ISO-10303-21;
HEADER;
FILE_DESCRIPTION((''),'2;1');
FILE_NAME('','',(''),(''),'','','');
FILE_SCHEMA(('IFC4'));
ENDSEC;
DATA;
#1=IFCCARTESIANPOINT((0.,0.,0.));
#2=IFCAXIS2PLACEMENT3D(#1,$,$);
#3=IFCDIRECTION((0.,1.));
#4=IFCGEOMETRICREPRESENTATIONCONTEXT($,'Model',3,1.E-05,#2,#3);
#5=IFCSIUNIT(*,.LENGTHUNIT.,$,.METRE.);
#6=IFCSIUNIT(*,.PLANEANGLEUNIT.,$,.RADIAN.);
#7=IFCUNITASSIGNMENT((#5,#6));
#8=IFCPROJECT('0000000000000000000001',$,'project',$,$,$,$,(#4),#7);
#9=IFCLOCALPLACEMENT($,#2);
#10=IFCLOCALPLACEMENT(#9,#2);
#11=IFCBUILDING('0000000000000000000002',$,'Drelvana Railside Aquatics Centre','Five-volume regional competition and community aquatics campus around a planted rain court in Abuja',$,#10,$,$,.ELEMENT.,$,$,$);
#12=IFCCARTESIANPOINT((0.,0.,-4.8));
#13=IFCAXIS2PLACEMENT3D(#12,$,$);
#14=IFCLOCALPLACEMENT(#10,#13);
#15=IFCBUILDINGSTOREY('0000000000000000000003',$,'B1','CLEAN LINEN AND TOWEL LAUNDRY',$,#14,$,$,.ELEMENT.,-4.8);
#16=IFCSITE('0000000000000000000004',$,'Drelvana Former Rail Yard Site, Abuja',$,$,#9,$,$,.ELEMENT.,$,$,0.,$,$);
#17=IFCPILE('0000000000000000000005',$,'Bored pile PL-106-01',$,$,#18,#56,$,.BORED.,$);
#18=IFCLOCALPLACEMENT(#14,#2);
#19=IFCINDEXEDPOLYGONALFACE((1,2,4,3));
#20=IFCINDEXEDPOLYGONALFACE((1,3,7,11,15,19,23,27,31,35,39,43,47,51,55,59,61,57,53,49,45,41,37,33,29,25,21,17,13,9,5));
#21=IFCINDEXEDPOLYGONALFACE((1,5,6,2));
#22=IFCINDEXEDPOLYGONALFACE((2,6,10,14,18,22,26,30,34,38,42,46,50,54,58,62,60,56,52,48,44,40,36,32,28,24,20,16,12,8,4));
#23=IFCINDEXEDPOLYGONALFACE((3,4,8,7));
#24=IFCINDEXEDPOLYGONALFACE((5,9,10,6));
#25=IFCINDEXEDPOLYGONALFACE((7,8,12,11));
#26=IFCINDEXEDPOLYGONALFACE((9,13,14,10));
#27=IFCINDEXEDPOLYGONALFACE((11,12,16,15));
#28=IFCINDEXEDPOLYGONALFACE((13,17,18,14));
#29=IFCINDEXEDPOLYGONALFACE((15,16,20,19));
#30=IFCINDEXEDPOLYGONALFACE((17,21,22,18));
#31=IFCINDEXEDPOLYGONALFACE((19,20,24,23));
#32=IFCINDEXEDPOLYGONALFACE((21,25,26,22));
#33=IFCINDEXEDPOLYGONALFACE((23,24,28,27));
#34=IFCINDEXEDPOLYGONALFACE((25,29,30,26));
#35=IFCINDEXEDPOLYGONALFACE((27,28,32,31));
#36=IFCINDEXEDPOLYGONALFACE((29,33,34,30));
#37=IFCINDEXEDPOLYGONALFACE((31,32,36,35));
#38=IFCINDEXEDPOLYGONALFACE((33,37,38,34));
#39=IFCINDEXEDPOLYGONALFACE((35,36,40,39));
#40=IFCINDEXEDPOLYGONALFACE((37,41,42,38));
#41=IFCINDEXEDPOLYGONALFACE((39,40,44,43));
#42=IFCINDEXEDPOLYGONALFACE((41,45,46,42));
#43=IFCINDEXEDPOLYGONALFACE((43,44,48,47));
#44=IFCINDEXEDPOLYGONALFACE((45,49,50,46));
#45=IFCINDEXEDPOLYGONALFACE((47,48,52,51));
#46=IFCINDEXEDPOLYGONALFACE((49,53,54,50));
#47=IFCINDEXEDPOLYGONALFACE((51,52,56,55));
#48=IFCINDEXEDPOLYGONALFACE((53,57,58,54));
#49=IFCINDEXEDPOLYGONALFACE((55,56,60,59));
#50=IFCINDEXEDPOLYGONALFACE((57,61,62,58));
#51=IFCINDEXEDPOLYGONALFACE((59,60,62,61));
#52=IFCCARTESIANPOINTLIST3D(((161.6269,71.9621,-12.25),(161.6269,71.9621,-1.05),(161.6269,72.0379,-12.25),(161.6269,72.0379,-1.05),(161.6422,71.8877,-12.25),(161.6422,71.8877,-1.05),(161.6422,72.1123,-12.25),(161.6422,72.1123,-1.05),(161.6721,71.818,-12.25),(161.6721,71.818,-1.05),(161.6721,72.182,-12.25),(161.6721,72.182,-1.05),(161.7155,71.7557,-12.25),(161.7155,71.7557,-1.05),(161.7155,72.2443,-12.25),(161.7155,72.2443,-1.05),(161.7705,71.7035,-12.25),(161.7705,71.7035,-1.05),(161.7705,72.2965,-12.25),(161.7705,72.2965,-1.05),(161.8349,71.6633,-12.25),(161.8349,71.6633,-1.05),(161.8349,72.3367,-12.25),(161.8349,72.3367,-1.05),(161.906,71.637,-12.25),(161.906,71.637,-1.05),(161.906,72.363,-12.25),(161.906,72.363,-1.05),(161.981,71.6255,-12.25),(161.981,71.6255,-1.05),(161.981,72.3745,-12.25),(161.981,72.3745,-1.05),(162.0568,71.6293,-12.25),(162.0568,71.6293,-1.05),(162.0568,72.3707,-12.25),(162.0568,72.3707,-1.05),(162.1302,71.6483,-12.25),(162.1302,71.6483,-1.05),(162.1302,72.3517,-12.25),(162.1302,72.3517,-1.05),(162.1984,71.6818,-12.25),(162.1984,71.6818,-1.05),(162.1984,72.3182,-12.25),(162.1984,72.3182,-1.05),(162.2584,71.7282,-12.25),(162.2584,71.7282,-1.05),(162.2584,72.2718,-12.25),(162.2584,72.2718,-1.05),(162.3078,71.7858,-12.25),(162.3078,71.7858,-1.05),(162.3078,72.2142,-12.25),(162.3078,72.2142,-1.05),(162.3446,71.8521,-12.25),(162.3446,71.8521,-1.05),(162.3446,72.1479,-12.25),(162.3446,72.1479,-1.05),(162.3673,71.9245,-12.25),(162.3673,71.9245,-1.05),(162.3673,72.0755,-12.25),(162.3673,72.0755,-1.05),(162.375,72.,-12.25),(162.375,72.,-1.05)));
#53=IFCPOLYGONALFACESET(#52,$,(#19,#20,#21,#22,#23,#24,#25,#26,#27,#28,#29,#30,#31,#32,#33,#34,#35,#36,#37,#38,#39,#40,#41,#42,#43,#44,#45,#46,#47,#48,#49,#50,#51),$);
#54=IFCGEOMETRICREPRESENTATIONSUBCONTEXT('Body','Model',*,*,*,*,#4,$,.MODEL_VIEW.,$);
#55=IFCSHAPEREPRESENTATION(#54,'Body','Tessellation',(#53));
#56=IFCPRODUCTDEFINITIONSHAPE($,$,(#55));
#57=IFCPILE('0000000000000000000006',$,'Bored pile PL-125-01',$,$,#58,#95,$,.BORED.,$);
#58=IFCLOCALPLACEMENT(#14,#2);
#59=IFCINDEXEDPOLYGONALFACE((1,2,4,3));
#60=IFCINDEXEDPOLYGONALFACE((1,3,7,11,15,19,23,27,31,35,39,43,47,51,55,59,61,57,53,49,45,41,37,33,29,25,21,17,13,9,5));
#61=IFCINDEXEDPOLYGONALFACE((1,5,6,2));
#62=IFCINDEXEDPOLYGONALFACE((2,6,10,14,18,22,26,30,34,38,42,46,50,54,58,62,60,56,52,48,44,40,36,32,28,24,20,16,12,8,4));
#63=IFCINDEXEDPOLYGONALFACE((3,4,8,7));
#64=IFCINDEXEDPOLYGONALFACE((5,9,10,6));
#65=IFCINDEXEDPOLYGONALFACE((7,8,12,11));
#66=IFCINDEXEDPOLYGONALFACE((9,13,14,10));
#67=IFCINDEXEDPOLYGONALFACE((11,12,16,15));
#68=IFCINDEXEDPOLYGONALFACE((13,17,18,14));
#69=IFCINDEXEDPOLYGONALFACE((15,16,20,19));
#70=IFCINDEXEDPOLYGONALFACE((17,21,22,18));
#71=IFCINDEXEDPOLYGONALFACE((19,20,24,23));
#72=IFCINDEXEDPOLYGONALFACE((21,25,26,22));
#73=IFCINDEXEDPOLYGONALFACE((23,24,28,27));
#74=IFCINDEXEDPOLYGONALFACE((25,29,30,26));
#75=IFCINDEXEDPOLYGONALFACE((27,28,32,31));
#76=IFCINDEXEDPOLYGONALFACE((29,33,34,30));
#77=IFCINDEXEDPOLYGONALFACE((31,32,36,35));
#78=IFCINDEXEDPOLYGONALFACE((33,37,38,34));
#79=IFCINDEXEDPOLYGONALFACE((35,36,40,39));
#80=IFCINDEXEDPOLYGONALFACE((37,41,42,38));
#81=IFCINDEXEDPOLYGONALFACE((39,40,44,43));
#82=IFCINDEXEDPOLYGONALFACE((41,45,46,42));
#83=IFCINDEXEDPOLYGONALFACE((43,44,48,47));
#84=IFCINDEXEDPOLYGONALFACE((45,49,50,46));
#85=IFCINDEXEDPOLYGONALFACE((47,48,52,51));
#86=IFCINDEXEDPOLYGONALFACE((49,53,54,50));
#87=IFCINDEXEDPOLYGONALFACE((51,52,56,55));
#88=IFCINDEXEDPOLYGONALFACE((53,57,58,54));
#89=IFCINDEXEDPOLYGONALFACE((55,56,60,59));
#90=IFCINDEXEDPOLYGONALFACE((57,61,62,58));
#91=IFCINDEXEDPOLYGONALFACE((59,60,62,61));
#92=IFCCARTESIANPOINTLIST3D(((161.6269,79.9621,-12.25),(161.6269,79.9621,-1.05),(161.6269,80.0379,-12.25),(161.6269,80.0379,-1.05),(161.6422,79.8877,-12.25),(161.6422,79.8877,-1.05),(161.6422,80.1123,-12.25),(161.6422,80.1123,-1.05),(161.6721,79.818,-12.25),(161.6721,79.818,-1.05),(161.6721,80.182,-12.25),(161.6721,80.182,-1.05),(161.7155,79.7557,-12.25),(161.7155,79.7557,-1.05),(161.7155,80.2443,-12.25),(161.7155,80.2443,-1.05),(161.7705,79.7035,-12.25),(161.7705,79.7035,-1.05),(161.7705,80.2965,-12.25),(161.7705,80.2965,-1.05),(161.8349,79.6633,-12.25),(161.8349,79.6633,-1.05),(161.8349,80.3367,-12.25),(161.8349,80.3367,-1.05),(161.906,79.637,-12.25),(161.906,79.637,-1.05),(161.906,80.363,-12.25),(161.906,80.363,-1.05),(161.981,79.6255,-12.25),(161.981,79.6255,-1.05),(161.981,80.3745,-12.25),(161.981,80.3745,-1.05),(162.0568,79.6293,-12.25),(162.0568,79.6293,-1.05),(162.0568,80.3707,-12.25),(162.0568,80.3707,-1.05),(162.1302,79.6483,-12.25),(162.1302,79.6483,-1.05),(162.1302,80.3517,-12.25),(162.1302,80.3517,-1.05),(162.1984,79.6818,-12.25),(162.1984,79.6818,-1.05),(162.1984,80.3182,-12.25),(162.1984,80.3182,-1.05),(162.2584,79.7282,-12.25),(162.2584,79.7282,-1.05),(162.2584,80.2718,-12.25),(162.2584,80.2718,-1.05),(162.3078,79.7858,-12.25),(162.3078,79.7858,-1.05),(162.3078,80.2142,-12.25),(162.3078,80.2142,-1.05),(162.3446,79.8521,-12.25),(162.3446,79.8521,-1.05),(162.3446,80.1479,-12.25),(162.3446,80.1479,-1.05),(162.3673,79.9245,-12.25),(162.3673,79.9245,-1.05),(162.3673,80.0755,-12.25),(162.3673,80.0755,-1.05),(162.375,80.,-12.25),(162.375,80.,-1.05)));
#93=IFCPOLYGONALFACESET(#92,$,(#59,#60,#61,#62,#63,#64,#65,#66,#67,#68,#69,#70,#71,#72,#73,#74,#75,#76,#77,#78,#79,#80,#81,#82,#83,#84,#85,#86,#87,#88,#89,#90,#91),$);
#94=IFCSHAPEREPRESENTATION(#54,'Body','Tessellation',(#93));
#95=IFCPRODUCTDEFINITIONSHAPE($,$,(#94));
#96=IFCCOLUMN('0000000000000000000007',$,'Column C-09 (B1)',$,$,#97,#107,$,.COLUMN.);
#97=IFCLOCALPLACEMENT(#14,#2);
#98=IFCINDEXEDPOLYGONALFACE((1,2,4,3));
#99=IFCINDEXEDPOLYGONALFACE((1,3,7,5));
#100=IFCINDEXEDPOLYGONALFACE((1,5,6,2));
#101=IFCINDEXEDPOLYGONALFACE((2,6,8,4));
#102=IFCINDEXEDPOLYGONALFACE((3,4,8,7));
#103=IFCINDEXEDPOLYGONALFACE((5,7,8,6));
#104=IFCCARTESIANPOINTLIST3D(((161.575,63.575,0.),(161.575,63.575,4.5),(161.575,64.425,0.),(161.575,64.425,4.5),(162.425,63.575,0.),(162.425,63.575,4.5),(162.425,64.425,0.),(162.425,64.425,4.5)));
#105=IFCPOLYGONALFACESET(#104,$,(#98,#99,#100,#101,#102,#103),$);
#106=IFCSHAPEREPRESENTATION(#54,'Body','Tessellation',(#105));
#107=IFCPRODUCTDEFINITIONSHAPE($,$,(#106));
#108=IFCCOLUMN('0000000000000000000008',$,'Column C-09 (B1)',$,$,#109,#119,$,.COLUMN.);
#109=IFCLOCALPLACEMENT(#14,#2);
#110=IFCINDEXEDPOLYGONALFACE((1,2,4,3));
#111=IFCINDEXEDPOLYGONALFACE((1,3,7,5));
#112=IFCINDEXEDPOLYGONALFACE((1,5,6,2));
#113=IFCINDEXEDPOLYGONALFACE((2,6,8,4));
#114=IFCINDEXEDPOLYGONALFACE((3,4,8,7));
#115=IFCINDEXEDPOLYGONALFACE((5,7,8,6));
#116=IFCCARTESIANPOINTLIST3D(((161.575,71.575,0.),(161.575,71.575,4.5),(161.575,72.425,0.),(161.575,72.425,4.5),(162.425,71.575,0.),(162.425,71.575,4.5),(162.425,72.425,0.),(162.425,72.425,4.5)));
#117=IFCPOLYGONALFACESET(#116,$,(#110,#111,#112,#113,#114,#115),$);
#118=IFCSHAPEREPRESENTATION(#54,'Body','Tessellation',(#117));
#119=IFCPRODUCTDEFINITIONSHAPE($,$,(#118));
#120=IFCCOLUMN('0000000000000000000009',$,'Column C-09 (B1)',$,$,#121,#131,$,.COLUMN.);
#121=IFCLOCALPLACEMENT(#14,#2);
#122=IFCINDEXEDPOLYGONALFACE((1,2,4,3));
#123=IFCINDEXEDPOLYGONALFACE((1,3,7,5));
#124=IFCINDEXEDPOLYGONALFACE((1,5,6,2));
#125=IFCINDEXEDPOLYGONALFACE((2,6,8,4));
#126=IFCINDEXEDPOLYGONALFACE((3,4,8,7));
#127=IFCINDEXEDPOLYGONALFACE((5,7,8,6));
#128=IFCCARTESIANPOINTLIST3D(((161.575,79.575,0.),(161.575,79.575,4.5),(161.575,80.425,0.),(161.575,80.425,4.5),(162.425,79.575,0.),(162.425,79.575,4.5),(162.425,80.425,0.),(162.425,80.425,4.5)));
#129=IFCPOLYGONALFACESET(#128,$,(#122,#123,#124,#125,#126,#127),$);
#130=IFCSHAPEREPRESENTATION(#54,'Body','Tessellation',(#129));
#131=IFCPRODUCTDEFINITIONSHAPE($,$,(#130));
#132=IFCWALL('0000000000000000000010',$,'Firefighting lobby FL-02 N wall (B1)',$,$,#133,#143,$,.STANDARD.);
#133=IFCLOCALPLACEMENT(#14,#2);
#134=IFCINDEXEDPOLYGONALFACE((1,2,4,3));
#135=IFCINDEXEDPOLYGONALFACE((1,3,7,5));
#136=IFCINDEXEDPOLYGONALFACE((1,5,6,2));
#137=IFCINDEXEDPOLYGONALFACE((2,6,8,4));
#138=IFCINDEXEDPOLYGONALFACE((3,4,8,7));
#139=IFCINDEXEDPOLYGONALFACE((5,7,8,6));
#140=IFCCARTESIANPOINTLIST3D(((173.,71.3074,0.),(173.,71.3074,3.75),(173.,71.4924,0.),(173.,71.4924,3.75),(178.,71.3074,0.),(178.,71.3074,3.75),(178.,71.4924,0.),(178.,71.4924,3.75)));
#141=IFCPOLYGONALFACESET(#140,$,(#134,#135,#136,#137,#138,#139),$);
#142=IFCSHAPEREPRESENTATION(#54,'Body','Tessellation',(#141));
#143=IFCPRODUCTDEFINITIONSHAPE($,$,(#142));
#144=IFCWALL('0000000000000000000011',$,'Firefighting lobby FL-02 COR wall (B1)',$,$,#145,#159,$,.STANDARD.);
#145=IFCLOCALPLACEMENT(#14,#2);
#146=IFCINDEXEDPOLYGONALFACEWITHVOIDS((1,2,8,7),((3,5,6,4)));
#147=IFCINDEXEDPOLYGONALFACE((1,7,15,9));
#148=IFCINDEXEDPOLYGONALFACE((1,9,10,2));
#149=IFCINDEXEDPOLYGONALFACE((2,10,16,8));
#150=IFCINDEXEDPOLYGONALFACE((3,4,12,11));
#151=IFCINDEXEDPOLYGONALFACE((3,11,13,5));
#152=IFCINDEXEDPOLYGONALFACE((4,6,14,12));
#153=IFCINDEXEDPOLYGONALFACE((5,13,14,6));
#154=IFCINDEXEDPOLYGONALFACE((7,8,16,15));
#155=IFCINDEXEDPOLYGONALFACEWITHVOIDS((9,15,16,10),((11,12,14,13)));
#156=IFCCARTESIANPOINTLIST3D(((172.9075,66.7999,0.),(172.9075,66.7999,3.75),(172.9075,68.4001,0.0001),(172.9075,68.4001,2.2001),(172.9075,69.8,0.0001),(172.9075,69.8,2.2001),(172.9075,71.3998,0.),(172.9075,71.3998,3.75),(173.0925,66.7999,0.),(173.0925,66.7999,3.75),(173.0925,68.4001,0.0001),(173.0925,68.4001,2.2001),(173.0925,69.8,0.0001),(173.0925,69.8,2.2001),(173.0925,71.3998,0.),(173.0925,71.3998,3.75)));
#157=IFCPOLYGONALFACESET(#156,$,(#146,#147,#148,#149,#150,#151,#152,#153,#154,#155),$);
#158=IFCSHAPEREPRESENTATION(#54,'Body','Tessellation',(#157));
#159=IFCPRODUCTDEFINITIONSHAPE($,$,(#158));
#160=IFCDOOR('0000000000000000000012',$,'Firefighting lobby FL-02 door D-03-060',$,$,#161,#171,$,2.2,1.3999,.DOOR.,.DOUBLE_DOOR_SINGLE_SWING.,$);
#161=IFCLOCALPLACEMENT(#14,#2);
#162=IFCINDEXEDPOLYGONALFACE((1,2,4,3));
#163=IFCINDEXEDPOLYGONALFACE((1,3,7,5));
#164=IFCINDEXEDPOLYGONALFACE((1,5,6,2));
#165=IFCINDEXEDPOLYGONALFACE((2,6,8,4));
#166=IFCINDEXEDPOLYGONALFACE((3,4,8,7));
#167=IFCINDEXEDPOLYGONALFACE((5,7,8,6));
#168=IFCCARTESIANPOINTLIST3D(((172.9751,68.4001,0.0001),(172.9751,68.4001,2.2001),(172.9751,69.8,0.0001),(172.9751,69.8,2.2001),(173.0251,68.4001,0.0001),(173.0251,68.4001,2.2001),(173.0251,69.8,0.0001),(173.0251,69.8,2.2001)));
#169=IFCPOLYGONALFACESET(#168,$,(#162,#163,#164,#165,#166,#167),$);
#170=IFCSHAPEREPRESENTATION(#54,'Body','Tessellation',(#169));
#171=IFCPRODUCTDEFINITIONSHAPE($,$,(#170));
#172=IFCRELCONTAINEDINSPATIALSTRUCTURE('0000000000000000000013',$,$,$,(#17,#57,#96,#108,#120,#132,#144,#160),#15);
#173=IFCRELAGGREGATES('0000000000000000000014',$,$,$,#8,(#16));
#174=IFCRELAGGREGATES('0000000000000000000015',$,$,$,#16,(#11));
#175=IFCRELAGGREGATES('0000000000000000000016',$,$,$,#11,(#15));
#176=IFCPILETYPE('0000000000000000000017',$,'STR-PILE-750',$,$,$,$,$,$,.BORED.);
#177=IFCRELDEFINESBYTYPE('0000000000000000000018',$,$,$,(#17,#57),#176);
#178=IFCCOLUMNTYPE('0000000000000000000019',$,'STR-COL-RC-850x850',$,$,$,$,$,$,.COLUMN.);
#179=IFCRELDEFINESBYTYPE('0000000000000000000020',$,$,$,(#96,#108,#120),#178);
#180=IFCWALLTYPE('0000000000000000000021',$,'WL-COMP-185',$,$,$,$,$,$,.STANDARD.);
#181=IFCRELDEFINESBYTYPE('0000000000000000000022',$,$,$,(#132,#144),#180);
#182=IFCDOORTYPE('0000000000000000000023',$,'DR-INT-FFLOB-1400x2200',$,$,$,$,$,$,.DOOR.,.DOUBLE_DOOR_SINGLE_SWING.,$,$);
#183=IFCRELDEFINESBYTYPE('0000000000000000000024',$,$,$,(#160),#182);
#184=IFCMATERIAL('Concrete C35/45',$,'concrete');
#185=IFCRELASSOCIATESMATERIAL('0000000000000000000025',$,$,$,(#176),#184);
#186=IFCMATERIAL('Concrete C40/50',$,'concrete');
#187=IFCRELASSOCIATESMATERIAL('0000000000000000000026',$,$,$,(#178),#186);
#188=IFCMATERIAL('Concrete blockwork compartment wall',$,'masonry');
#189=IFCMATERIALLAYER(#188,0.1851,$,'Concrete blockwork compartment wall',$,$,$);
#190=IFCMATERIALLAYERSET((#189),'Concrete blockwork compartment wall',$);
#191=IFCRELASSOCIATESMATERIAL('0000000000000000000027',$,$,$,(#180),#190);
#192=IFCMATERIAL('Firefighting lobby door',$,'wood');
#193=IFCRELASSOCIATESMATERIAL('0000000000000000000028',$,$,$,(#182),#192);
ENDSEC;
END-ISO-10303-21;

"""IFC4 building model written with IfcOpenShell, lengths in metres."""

from ifc_helpers import new_model, si_unit, direction, frame, frame_2d, origin, origin_2d, place, context, subcontext, project, spatial, rectangle, circle, extrude, material, layer, layer_set, material_profile, profile_set, type_object, element, fill, save


model = new_model("IFC4")

# Units and contexts
model_context = context("Model", 3, precision=1e-05, world=origin(), true_north=direction((0.0, 1.0)))
body_context = subcontext(model_context, "Body", "Model", "MODEL_VIEW")
ifc_project = project(units=[si_unit("LENGTHUNIT", "METRE"), si_unit("PLANEANGLEUNIT", "RADIAN")], contexts=[model_context])

# Site, building, storey
site_placement = place(None, origin())
site = spatial("IfcSite", under=ifc_project, at=site_placement, Name="Drelvana Former Rail Yard Site, Abuja", CompositionType="ELEMENT", RefElevation=0.0)
building_placement = place(site_placement, origin())
building = spatial("IfcBuilding", under=site, at=building_placement, Name="Drelvana Railside Aquatics Centre", Description="Five-volume regional competition and community aquatics campus around a planted rain court in Abuja", CompositionType="ELEMENT")
storey_placement = place(building_placement, frame((0.0, 0.0, -4.8)))
storey = spatial("IfcBuildingStorey", under=building, at=storey_placement, Name="B1", Description="CLEAN LINEN AND TOWEL LAUNDRY", CompositionType="ELEMENT", Elevation=-4.8)

# Shared definitions
ifc_material_1 = material(Name="Concrete C35/45", Category="concrete")

# Piles
ifc_material_profile_1 = material_profile(ifc_material_1, circle(Radius=0.375, at=origin_2d()), Name="PILE D750")
ifc_profile_set_1 = profile_set([ifc_material_profile_1], Name="Concrete C35/45")
pile_type_1 = type_object("IfcPileType", Name="STR-PILE-750", PredefinedType="BORED", material=ifc_profile_set_1)
for number, where, z_axis, x_axis, name in (
    (1, (162.0, 72.0, -1.05), (0.0, 0.0, -1.0), (1.0, 0.0, 0.0), "Bored pile PL-106-01"),
    (2, (162.0, 80.0, -1.05), (0.0, 0.0, -1.0), (1.0, 0.0, 0.0), "Bored pile PL-125-01"),
):
    element("IfcPile", number, at=place(storey_placement, frame(where, z_axis=z_axis, x_axis=x_axis)), inside=storey, type_object=pile_type_1, Name=name, PredefinedType="BORED", context=body_context, shape_type="SweptSolid", body=[
        extrude(circle(Radius=0.375, at=origin_2d()), origin(), (0.0, 0.0, 1.0), 11.2),
    ])

# Columns
ifc_material_2 = material(Name="Concrete C40/50", Category="concrete")
ifc_material_profile_2 = material_profile(ifc_material_2, rectangle(XDim=0.8501, YDim=0.8501, at=origin_2d()), Name="RC 850x850")
ifc_profile_set_2 = profile_set([ifc_material_profile_2], Name="Concrete C40/50")
column_type = type_object("IfcColumnType", Name="STR-COL-RC-850x850", PredefinedType="COLUMN", material=ifc_profile_set_2)
for number, where, z_axis, x_axis, name in (
    (3, (162.0, 64.0, 0.0), (0.0, 0.0, 1.0), (1.0, 0.0, 0.0), "Column C-09 (B1)"),
    (4, (162.0, 72.0, 0.0), (0.0, 0.0, 1.0), (1.0, 0.0, 0.0), "Column C-09 (B1)"),
    (5, (162.0, 80.0, 0.0), (0.0, 0.0, 1.0), (1.0, 0.0, 0.0), "Column C-09 (B1)"),
):
    element("IfcColumn", number, at=place(storey_placement, frame(where, z_axis=z_axis, x_axis=x_axis)), inside=storey, type_object=column_type, Name=name, PredefinedType="COLUMN", context=body_context, shape_type="SweptSolid", body=[
        extrude(rectangle(XDim=0.8501, YDim=0.8501, at=origin_2d()), origin(), (0.0, 0.0, 1.0), 4.5),
    ])

# Wall
ifc_material_3 = material(Name="Concrete blockwork compartment wall", Category="masonry")
ifc_layer = layer(ifc_material_3, 0.1851, Name="Concrete blockwork compartment wall")
ifc_layer_set = layer_set([ifc_layer], Name="Concrete blockwork compartment wall")
wall_type = type_object("IfcWallType", Name="WL-COMP-185", PredefinedType="STANDARD", material=ifc_layer_set)
wall_1_placement = place(storey_placement, frame((173.0, 71.3999, 0.0), z_axis=(0.0, 0.0, 1.0), x_axis=(1.0, 0.0, 0.0)))
element("IfcWall", 6, at=wall_1_placement, inside=storey, type_object=wall_type, Name="Firefighting lobby FL-02 N wall (B1)", PredefinedType="STANDARD", context=body_context, shape_type="SweptSolid", body=[
    extrude(rectangle(XDim=5.0, YDim=0.1851, at=frame_2d((2.5, 0.0))), origin(), (0.0, 0.0, 1.0), 3.75),
])

# Wall, opening, door
wall_2_placement = place(storey_placement, frame((173.0, 66.8, 0.0), z_axis=(0.0, 0.0, 1.0), x_axis=(0.0, 1.0, 0.0)))
wall_2 = element("IfcWall", 7, at=wall_2_placement, inside=storey, type_object=wall_type, Name="Firefighting lobby FL-02 COR wall (B1)", PredefinedType="STANDARD", context=body_context, shape_type="SweptSolid", body=[
    extrude(rectangle(XDim=4.5999, YDim=0.1851, at=frame_2d((2.2998, 0.0))), origin(), (0.0, 0.0, 1.0), 3.75),
])
opening_1_placement = place(wall_2_placement, frame((1.6001, 0.0, 0.0)))
opening_1 = element("IfcOpeningElement", 8, at=opening_1_placement, cuts=wall_2, PredefinedType="OPENING", context=body_context, shape_type="SweptSolid", body=[
    extrude(rectangle(XDim=1.3999, YDim=2.2, at=frame_2d((0.7, 1.1001))), frame((0.0, 0.1025, 0.0), z_axis=(0.0, -1.0, 0.0), x_axis=(1.0, 0.0, 0.0)), (0.0, 0.0, 1.0), 0.2051),
])
ifc_material_4 = material(Name="Firefighting lobby door", Category="wood")
door_type_1 = type_object("IfcDoorType", Name="DR-INT-FFLOB-1400x2200", OperationType="DOUBLE_DOOR_SINGLE_SWING", PredefinedType="DOOR", material=ifc_material_4)
door_1_placement = place(opening_1_placement, origin())
door_1 = element("IfcDoor", 9, at=door_1_placement, inside=storey, type_object=door_type_1, Name="Firefighting lobby FL-02 door D-03-060", OperationType="DOUBLE_DOOR_SINGLE_SWING", OverallHeight=2.2, OverallWidth=1.3999, PredefinedType="DOOR", context=body_context, shape_type="SweptSolid", body=[
    extrude(rectangle(XDim=1.3999, YDim=2.2, at=frame_2d((0.7, 1.1001))), frame((0.0, 0.0249, 0.0), z_axis=(0.0, -1.0, 0.0), x_axis=(1.0, 0.0, 0.0)), (0.0, 0.0, 1.0), 0.05),
])
fill(opening_1, door_1)

save(model, "model.ifc")
